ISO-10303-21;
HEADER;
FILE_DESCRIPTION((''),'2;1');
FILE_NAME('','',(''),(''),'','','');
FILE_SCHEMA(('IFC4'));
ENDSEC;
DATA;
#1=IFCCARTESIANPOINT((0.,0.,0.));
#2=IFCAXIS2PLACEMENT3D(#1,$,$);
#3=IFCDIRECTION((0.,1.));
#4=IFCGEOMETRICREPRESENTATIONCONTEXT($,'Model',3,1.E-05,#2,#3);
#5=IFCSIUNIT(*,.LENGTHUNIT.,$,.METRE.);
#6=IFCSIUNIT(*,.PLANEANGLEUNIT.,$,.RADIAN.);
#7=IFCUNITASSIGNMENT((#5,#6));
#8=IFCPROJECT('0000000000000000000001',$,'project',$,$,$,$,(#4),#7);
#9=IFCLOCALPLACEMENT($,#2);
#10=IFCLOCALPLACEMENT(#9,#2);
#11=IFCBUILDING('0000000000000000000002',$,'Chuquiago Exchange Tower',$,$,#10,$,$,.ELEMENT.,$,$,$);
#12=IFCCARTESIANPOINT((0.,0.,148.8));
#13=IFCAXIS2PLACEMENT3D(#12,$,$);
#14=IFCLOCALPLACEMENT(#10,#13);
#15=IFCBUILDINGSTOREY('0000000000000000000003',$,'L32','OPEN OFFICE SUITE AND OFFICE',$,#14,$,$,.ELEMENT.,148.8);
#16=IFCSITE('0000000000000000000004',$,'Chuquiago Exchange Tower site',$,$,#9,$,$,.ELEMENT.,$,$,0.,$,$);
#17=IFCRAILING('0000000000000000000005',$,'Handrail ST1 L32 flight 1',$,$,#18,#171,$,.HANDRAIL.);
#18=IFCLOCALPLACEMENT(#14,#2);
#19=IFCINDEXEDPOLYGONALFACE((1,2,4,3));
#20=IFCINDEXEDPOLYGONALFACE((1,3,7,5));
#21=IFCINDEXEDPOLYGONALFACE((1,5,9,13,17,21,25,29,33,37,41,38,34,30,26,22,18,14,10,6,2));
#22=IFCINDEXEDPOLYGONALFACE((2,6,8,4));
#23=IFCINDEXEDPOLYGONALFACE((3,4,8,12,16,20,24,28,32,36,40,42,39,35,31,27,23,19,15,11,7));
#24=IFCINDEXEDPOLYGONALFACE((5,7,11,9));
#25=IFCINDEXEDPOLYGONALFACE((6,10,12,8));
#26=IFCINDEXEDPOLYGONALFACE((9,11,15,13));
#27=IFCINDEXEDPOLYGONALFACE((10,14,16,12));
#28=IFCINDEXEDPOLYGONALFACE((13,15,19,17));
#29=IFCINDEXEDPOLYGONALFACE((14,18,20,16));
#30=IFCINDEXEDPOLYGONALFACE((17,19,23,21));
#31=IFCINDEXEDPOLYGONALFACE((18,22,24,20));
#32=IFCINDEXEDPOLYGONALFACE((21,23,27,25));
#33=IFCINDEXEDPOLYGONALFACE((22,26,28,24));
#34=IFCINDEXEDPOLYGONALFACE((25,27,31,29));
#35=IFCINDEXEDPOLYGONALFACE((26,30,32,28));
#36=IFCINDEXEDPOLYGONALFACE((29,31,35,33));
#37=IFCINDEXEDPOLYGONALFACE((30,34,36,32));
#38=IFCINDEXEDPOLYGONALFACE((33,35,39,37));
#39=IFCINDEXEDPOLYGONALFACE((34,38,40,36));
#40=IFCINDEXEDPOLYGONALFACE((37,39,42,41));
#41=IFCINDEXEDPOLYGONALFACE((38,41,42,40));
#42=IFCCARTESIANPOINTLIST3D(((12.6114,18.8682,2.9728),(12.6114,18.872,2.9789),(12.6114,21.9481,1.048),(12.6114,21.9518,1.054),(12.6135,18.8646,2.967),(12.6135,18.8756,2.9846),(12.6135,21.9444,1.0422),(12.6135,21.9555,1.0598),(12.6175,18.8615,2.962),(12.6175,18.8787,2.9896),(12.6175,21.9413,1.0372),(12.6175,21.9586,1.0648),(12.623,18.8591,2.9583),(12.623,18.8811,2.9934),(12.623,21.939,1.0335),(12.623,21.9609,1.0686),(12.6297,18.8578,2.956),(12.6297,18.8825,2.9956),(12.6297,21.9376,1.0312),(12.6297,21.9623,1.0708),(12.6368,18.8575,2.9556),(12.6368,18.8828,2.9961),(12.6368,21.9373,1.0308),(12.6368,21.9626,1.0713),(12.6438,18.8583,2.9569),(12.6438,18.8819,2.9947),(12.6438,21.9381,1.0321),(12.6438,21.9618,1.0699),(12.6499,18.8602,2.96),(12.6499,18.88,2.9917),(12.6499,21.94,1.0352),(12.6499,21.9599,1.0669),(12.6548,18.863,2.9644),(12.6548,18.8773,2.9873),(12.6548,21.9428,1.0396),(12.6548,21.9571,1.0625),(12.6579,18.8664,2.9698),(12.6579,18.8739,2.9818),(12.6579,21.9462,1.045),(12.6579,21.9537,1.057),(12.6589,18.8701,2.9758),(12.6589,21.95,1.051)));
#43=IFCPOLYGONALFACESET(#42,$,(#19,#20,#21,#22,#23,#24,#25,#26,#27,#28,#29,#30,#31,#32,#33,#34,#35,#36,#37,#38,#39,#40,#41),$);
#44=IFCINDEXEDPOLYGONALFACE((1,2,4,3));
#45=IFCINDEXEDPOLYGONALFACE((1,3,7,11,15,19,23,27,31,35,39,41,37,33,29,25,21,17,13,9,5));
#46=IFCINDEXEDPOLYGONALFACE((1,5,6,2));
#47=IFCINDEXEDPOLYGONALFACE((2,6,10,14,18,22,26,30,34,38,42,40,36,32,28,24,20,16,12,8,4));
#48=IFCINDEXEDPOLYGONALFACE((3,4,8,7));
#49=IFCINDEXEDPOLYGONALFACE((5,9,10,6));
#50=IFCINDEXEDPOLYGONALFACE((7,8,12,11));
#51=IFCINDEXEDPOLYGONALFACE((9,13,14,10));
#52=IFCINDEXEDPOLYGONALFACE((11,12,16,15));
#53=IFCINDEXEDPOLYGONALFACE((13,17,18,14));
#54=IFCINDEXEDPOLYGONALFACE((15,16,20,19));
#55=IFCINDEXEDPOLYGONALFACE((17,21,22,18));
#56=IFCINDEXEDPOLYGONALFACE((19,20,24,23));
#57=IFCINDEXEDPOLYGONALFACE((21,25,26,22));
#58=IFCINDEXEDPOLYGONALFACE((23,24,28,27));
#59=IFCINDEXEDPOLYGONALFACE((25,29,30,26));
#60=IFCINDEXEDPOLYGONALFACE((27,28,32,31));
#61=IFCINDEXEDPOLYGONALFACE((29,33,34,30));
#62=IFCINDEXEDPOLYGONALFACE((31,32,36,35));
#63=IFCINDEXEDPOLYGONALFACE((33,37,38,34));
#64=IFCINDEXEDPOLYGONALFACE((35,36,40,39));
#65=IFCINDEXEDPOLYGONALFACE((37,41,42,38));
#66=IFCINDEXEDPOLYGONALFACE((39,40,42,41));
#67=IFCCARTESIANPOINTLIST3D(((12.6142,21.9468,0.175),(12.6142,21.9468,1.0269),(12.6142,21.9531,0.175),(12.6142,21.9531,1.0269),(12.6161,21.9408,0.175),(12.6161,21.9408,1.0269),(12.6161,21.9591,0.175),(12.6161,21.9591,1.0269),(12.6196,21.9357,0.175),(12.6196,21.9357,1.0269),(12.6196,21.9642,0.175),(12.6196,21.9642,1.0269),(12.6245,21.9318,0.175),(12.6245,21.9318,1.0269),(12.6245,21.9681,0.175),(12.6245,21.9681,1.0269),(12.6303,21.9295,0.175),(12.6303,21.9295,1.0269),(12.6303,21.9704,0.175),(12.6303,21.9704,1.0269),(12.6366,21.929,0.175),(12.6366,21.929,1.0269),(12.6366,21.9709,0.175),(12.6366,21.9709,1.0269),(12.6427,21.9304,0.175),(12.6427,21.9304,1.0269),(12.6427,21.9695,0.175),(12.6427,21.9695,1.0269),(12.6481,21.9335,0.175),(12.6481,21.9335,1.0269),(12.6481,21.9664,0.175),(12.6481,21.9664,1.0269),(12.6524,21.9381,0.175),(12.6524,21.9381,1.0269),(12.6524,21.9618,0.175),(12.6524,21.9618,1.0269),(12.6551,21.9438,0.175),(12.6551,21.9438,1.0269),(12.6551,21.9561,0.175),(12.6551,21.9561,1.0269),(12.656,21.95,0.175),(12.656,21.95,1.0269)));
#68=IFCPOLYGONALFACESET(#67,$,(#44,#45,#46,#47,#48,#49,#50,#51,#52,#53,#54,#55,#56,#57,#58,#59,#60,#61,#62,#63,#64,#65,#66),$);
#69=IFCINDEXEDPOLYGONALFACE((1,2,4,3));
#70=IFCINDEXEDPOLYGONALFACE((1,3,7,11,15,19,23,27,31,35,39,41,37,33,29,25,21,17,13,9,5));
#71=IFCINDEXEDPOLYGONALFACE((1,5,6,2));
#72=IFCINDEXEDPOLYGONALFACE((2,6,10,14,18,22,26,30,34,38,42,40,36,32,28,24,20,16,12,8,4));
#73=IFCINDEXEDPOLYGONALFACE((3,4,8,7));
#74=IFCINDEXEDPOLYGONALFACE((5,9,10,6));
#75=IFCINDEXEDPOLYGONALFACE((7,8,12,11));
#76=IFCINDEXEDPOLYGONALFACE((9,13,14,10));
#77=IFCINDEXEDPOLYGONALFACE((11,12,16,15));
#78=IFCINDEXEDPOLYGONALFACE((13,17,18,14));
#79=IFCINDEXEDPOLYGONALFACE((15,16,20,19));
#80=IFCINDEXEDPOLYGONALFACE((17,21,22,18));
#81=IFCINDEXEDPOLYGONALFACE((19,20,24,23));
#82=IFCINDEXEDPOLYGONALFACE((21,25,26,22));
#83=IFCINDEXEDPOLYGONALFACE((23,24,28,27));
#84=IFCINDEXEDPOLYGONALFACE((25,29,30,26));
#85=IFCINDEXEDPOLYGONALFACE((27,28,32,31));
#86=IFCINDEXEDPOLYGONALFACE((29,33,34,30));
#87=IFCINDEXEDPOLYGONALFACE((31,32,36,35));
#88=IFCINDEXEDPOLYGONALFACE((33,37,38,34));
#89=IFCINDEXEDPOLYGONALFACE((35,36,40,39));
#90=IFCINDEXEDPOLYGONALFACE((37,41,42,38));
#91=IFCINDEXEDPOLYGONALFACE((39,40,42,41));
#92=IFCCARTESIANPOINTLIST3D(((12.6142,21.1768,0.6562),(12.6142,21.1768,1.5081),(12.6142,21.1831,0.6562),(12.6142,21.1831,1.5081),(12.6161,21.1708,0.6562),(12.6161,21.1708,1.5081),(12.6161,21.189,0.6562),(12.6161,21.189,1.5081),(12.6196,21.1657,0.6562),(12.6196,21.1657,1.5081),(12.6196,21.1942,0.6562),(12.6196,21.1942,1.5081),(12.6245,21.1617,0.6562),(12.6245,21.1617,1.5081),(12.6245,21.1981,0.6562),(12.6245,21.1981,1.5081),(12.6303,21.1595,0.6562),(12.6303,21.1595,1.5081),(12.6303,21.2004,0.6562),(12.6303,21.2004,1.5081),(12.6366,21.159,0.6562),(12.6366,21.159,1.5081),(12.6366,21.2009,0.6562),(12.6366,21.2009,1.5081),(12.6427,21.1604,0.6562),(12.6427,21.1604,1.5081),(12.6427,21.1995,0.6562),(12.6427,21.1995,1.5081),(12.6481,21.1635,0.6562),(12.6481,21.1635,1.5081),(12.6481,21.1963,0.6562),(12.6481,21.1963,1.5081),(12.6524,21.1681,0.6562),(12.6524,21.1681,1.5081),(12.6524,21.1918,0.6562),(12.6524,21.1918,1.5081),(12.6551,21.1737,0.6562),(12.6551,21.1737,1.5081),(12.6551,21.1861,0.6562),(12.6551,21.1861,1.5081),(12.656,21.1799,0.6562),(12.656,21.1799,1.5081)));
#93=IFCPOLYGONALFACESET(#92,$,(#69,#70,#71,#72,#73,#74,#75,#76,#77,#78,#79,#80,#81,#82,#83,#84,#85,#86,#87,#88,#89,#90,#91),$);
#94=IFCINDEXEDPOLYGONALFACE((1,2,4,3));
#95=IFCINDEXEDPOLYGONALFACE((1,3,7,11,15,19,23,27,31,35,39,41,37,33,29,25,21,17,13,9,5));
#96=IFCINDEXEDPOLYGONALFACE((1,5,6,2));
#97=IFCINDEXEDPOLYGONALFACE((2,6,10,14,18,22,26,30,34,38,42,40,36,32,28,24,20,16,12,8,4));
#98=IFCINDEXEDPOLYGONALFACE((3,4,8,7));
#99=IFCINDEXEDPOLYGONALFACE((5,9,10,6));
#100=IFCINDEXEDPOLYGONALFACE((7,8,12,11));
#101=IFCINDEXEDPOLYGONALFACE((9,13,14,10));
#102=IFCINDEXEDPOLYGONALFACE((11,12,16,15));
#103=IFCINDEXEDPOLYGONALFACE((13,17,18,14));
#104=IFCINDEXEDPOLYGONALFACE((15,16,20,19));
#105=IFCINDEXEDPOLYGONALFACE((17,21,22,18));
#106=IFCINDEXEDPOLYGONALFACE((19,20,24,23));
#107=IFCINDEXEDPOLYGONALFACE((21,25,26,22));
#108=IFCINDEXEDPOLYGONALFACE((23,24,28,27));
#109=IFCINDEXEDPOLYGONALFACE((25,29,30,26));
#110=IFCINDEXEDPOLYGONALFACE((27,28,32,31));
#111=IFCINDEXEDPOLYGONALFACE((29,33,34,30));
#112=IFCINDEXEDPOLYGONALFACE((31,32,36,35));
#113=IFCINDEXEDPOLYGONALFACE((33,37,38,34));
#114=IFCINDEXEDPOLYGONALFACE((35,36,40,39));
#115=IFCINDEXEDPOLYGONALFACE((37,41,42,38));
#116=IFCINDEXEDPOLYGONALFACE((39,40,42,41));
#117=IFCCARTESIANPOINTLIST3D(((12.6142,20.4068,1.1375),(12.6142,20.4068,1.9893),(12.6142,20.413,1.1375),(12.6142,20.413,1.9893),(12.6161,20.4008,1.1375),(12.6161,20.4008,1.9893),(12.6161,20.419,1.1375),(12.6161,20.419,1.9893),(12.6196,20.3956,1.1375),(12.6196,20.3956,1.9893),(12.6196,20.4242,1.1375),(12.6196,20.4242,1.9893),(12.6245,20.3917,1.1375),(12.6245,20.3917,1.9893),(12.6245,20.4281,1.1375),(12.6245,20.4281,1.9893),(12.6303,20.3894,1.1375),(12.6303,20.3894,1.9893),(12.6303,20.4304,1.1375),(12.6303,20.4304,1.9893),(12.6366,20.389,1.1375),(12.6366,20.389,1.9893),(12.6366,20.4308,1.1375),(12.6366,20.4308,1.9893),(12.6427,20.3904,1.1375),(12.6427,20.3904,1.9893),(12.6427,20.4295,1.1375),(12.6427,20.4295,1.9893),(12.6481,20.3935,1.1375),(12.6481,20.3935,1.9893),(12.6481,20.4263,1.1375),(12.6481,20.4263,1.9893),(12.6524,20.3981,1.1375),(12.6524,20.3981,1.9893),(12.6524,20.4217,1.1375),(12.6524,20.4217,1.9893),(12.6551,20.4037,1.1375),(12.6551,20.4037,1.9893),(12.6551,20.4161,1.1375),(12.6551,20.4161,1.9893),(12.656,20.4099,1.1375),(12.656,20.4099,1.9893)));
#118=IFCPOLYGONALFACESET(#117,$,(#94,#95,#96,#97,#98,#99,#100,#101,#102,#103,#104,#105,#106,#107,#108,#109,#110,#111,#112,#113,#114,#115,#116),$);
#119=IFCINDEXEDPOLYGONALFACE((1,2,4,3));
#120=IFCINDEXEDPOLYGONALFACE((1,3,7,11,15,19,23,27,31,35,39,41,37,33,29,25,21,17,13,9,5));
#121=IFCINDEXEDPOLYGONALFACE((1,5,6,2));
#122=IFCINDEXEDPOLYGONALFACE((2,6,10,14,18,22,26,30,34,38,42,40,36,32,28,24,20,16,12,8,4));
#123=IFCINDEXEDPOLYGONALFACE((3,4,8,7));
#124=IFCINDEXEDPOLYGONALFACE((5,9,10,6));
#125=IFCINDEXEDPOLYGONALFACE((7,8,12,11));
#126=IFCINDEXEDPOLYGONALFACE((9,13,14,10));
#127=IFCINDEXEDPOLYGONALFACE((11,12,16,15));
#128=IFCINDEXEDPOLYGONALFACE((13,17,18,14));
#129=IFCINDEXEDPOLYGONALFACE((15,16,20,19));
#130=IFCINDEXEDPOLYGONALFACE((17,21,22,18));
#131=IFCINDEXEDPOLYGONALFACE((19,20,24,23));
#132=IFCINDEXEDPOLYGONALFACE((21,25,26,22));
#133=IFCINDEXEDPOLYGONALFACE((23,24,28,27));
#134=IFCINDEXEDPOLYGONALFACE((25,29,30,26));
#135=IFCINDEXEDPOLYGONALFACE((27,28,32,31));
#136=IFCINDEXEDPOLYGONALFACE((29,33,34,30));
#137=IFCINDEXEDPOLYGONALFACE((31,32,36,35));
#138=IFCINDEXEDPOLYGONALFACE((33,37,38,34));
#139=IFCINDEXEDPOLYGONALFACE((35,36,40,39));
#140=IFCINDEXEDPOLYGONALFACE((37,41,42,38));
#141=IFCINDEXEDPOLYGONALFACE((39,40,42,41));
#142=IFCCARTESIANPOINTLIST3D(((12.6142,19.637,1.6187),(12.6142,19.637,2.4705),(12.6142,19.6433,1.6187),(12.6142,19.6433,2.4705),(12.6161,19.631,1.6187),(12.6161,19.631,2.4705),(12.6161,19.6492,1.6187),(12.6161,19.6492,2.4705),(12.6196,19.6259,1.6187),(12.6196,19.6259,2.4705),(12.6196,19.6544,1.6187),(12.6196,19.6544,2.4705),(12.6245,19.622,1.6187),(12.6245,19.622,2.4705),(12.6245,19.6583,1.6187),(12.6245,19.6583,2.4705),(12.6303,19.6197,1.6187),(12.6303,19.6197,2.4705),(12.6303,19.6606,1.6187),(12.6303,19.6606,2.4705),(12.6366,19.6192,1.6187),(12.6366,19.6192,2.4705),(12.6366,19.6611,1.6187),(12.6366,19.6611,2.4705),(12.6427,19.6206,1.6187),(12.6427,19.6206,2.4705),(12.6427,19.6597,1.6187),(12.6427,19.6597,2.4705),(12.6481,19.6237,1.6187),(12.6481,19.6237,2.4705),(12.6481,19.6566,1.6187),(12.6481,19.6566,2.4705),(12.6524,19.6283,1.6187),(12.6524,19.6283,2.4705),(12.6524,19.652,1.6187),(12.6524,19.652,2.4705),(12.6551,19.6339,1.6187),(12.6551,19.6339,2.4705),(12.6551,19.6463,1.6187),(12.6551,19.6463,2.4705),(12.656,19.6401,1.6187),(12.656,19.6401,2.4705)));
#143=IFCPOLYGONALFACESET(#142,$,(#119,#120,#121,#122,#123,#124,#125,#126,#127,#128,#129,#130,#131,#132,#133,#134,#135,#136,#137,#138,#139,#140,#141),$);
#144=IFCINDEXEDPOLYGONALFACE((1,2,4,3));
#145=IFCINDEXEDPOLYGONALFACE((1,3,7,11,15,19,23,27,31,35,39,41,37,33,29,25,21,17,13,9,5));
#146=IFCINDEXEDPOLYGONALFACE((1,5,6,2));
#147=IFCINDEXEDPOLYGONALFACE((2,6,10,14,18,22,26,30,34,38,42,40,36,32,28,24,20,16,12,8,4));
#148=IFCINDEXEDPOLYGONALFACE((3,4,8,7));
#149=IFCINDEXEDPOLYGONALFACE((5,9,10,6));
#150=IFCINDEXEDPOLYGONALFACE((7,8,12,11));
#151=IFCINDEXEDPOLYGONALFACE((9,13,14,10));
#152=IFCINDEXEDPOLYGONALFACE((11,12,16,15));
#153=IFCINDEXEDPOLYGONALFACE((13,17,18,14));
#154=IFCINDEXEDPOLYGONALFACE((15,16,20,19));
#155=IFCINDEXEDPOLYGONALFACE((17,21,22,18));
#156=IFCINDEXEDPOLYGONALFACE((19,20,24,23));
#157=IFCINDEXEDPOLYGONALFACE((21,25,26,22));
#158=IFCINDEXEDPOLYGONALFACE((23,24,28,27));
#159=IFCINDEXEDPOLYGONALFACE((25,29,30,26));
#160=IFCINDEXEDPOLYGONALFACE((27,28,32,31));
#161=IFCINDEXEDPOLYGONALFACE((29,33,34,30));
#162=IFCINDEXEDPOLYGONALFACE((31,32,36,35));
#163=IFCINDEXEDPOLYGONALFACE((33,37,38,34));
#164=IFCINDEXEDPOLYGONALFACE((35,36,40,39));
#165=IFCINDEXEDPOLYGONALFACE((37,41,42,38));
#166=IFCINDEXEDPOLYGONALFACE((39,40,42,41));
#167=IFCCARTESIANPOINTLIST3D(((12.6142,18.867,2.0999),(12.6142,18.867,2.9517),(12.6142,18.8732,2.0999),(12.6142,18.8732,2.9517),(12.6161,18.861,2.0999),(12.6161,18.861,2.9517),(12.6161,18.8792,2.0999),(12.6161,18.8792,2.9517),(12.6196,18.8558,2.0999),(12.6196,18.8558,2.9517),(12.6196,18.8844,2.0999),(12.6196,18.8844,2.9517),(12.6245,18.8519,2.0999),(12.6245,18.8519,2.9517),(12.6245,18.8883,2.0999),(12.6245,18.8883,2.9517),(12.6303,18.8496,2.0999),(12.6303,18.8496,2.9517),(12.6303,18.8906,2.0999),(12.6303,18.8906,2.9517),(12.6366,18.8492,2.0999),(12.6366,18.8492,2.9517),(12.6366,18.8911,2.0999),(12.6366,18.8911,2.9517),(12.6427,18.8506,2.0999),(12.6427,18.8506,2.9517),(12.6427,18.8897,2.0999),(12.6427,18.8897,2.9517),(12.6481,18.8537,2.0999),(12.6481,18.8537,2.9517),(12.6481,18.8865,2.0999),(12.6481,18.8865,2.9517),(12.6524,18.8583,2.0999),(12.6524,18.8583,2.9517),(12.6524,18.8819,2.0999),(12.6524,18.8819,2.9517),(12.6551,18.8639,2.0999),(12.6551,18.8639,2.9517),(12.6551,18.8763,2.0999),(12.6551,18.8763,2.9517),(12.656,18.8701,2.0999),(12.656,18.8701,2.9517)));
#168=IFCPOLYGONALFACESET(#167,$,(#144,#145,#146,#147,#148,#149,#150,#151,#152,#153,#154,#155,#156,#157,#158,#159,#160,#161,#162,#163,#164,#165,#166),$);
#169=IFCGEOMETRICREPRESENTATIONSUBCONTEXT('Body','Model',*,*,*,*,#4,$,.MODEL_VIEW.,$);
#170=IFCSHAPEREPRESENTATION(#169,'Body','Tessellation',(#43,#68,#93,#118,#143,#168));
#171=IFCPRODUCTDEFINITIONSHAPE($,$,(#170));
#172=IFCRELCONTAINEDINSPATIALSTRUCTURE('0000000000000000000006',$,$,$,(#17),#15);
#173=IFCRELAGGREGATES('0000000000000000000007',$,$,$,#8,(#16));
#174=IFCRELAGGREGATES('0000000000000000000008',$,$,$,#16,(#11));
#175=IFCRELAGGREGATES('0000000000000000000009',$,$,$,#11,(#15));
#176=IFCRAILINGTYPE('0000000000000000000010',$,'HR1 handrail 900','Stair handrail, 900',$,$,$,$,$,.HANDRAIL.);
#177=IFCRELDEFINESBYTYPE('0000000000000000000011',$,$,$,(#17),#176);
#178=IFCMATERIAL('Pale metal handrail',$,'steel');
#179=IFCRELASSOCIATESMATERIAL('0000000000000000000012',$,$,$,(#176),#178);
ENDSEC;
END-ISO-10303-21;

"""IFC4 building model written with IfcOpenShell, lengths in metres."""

from ifc_helpers import new_model, si_unit, direction, frame, origin, origin_2d, place, context, subcontext, project, spatial, circle, extrude, material, type_object, element, save


model = new_model("IFC4")

# Units and contexts
model_context = context("Model", 3, precision=1e-05, world=origin(), true_north=direction((0.0, 1.0)))
body_context = subcontext(model_context, "Body", "Model", "MODEL_VIEW")
ifc_project = project(units=[si_unit("LENGTHUNIT", "METRE"), si_unit("PLANEANGLEUNIT", "RADIAN")], contexts=[model_context])

# Site, building, storey
site_placement = place(None, origin())
site = spatial("IfcSite", under=ifc_project, at=site_placement, Name="Chuquiago Exchange Tower site", CompositionType="ELEMENT", RefElevation=0.0)
building_placement = place(site_placement, origin())
building = spatial("IfcBuilding", under=site, at=building_placement, Name="Chuquiago Exchange Tower", CompositionType="ELEMENT")
storey_placement = place(building_placement, frame((0.0, 0.0, 148.8)))
storey = spatial("IfcBuildingStorey", under=building, at=storey_placement, Name="L32", Description="OPEN OFFICE SUITE AND OFFICE", CompositionType="ELEMENT", Elevation=148.8)

# Railing
ifc_material_1 = material(Name="Pale metal handrail", Category="steel")
railing_type = type_object("IfcRailingType", Name="HR1 handrail 900", Description="Stair handrail, 900", PredefinedType="HANDRAIL", material=ifc_material_1)
for number, where, name in (
    (1, (12.635, 21.95, 0.175), "Handrail ST1 L32 flight 1"),
):
    element("IfcRailing", number, at=place(storey_placement, frame(where)), inside=storey, type_object=railing_type, Name=name, PredefinedType="HANDRAIL", context=body_context, shape_type="SweptSolid", body=[
        extrude(circle(Radius=0.0239, at=origin_2d()), frame((0.0, 0.0, 0.876), z_axis=(0.0, -0.84801, 0.529981), x_axis=(1.0, 0.0, 0.0)), (0.0, 0.0, 1.0), 3.6318),
        extrude(circle(Radius=0.021, at=origin_2d()), origin(), (0.0, 0.0, 1.0), 0.8518),
        extrude(circle(Radius=0.021, at=origin_2d()), frame((0.0, -0.77, 0.4812)), (0.0, 0.0, 1.0), 0.8518),
        extrude(circle(Radius=0.021, at=origin_2d()), frame((0.0, -1.54, 0.9624)), (0.0, 0.0, 1.0), 0.8518),
        extrude(circle(Radius=0.021, at=origin_2d()), frame((0.0, -2.3098, 1.4436)), (0.0, 0.0, 1.0), 0.8518),
        extrude(circle(Radius=0.021, at=origin_2d()), frame((0.0, -3.0798, 1.9248)), (0.0, 0.0, 1.0), 0.8518),
    ])

save(model, "model.ifc")
